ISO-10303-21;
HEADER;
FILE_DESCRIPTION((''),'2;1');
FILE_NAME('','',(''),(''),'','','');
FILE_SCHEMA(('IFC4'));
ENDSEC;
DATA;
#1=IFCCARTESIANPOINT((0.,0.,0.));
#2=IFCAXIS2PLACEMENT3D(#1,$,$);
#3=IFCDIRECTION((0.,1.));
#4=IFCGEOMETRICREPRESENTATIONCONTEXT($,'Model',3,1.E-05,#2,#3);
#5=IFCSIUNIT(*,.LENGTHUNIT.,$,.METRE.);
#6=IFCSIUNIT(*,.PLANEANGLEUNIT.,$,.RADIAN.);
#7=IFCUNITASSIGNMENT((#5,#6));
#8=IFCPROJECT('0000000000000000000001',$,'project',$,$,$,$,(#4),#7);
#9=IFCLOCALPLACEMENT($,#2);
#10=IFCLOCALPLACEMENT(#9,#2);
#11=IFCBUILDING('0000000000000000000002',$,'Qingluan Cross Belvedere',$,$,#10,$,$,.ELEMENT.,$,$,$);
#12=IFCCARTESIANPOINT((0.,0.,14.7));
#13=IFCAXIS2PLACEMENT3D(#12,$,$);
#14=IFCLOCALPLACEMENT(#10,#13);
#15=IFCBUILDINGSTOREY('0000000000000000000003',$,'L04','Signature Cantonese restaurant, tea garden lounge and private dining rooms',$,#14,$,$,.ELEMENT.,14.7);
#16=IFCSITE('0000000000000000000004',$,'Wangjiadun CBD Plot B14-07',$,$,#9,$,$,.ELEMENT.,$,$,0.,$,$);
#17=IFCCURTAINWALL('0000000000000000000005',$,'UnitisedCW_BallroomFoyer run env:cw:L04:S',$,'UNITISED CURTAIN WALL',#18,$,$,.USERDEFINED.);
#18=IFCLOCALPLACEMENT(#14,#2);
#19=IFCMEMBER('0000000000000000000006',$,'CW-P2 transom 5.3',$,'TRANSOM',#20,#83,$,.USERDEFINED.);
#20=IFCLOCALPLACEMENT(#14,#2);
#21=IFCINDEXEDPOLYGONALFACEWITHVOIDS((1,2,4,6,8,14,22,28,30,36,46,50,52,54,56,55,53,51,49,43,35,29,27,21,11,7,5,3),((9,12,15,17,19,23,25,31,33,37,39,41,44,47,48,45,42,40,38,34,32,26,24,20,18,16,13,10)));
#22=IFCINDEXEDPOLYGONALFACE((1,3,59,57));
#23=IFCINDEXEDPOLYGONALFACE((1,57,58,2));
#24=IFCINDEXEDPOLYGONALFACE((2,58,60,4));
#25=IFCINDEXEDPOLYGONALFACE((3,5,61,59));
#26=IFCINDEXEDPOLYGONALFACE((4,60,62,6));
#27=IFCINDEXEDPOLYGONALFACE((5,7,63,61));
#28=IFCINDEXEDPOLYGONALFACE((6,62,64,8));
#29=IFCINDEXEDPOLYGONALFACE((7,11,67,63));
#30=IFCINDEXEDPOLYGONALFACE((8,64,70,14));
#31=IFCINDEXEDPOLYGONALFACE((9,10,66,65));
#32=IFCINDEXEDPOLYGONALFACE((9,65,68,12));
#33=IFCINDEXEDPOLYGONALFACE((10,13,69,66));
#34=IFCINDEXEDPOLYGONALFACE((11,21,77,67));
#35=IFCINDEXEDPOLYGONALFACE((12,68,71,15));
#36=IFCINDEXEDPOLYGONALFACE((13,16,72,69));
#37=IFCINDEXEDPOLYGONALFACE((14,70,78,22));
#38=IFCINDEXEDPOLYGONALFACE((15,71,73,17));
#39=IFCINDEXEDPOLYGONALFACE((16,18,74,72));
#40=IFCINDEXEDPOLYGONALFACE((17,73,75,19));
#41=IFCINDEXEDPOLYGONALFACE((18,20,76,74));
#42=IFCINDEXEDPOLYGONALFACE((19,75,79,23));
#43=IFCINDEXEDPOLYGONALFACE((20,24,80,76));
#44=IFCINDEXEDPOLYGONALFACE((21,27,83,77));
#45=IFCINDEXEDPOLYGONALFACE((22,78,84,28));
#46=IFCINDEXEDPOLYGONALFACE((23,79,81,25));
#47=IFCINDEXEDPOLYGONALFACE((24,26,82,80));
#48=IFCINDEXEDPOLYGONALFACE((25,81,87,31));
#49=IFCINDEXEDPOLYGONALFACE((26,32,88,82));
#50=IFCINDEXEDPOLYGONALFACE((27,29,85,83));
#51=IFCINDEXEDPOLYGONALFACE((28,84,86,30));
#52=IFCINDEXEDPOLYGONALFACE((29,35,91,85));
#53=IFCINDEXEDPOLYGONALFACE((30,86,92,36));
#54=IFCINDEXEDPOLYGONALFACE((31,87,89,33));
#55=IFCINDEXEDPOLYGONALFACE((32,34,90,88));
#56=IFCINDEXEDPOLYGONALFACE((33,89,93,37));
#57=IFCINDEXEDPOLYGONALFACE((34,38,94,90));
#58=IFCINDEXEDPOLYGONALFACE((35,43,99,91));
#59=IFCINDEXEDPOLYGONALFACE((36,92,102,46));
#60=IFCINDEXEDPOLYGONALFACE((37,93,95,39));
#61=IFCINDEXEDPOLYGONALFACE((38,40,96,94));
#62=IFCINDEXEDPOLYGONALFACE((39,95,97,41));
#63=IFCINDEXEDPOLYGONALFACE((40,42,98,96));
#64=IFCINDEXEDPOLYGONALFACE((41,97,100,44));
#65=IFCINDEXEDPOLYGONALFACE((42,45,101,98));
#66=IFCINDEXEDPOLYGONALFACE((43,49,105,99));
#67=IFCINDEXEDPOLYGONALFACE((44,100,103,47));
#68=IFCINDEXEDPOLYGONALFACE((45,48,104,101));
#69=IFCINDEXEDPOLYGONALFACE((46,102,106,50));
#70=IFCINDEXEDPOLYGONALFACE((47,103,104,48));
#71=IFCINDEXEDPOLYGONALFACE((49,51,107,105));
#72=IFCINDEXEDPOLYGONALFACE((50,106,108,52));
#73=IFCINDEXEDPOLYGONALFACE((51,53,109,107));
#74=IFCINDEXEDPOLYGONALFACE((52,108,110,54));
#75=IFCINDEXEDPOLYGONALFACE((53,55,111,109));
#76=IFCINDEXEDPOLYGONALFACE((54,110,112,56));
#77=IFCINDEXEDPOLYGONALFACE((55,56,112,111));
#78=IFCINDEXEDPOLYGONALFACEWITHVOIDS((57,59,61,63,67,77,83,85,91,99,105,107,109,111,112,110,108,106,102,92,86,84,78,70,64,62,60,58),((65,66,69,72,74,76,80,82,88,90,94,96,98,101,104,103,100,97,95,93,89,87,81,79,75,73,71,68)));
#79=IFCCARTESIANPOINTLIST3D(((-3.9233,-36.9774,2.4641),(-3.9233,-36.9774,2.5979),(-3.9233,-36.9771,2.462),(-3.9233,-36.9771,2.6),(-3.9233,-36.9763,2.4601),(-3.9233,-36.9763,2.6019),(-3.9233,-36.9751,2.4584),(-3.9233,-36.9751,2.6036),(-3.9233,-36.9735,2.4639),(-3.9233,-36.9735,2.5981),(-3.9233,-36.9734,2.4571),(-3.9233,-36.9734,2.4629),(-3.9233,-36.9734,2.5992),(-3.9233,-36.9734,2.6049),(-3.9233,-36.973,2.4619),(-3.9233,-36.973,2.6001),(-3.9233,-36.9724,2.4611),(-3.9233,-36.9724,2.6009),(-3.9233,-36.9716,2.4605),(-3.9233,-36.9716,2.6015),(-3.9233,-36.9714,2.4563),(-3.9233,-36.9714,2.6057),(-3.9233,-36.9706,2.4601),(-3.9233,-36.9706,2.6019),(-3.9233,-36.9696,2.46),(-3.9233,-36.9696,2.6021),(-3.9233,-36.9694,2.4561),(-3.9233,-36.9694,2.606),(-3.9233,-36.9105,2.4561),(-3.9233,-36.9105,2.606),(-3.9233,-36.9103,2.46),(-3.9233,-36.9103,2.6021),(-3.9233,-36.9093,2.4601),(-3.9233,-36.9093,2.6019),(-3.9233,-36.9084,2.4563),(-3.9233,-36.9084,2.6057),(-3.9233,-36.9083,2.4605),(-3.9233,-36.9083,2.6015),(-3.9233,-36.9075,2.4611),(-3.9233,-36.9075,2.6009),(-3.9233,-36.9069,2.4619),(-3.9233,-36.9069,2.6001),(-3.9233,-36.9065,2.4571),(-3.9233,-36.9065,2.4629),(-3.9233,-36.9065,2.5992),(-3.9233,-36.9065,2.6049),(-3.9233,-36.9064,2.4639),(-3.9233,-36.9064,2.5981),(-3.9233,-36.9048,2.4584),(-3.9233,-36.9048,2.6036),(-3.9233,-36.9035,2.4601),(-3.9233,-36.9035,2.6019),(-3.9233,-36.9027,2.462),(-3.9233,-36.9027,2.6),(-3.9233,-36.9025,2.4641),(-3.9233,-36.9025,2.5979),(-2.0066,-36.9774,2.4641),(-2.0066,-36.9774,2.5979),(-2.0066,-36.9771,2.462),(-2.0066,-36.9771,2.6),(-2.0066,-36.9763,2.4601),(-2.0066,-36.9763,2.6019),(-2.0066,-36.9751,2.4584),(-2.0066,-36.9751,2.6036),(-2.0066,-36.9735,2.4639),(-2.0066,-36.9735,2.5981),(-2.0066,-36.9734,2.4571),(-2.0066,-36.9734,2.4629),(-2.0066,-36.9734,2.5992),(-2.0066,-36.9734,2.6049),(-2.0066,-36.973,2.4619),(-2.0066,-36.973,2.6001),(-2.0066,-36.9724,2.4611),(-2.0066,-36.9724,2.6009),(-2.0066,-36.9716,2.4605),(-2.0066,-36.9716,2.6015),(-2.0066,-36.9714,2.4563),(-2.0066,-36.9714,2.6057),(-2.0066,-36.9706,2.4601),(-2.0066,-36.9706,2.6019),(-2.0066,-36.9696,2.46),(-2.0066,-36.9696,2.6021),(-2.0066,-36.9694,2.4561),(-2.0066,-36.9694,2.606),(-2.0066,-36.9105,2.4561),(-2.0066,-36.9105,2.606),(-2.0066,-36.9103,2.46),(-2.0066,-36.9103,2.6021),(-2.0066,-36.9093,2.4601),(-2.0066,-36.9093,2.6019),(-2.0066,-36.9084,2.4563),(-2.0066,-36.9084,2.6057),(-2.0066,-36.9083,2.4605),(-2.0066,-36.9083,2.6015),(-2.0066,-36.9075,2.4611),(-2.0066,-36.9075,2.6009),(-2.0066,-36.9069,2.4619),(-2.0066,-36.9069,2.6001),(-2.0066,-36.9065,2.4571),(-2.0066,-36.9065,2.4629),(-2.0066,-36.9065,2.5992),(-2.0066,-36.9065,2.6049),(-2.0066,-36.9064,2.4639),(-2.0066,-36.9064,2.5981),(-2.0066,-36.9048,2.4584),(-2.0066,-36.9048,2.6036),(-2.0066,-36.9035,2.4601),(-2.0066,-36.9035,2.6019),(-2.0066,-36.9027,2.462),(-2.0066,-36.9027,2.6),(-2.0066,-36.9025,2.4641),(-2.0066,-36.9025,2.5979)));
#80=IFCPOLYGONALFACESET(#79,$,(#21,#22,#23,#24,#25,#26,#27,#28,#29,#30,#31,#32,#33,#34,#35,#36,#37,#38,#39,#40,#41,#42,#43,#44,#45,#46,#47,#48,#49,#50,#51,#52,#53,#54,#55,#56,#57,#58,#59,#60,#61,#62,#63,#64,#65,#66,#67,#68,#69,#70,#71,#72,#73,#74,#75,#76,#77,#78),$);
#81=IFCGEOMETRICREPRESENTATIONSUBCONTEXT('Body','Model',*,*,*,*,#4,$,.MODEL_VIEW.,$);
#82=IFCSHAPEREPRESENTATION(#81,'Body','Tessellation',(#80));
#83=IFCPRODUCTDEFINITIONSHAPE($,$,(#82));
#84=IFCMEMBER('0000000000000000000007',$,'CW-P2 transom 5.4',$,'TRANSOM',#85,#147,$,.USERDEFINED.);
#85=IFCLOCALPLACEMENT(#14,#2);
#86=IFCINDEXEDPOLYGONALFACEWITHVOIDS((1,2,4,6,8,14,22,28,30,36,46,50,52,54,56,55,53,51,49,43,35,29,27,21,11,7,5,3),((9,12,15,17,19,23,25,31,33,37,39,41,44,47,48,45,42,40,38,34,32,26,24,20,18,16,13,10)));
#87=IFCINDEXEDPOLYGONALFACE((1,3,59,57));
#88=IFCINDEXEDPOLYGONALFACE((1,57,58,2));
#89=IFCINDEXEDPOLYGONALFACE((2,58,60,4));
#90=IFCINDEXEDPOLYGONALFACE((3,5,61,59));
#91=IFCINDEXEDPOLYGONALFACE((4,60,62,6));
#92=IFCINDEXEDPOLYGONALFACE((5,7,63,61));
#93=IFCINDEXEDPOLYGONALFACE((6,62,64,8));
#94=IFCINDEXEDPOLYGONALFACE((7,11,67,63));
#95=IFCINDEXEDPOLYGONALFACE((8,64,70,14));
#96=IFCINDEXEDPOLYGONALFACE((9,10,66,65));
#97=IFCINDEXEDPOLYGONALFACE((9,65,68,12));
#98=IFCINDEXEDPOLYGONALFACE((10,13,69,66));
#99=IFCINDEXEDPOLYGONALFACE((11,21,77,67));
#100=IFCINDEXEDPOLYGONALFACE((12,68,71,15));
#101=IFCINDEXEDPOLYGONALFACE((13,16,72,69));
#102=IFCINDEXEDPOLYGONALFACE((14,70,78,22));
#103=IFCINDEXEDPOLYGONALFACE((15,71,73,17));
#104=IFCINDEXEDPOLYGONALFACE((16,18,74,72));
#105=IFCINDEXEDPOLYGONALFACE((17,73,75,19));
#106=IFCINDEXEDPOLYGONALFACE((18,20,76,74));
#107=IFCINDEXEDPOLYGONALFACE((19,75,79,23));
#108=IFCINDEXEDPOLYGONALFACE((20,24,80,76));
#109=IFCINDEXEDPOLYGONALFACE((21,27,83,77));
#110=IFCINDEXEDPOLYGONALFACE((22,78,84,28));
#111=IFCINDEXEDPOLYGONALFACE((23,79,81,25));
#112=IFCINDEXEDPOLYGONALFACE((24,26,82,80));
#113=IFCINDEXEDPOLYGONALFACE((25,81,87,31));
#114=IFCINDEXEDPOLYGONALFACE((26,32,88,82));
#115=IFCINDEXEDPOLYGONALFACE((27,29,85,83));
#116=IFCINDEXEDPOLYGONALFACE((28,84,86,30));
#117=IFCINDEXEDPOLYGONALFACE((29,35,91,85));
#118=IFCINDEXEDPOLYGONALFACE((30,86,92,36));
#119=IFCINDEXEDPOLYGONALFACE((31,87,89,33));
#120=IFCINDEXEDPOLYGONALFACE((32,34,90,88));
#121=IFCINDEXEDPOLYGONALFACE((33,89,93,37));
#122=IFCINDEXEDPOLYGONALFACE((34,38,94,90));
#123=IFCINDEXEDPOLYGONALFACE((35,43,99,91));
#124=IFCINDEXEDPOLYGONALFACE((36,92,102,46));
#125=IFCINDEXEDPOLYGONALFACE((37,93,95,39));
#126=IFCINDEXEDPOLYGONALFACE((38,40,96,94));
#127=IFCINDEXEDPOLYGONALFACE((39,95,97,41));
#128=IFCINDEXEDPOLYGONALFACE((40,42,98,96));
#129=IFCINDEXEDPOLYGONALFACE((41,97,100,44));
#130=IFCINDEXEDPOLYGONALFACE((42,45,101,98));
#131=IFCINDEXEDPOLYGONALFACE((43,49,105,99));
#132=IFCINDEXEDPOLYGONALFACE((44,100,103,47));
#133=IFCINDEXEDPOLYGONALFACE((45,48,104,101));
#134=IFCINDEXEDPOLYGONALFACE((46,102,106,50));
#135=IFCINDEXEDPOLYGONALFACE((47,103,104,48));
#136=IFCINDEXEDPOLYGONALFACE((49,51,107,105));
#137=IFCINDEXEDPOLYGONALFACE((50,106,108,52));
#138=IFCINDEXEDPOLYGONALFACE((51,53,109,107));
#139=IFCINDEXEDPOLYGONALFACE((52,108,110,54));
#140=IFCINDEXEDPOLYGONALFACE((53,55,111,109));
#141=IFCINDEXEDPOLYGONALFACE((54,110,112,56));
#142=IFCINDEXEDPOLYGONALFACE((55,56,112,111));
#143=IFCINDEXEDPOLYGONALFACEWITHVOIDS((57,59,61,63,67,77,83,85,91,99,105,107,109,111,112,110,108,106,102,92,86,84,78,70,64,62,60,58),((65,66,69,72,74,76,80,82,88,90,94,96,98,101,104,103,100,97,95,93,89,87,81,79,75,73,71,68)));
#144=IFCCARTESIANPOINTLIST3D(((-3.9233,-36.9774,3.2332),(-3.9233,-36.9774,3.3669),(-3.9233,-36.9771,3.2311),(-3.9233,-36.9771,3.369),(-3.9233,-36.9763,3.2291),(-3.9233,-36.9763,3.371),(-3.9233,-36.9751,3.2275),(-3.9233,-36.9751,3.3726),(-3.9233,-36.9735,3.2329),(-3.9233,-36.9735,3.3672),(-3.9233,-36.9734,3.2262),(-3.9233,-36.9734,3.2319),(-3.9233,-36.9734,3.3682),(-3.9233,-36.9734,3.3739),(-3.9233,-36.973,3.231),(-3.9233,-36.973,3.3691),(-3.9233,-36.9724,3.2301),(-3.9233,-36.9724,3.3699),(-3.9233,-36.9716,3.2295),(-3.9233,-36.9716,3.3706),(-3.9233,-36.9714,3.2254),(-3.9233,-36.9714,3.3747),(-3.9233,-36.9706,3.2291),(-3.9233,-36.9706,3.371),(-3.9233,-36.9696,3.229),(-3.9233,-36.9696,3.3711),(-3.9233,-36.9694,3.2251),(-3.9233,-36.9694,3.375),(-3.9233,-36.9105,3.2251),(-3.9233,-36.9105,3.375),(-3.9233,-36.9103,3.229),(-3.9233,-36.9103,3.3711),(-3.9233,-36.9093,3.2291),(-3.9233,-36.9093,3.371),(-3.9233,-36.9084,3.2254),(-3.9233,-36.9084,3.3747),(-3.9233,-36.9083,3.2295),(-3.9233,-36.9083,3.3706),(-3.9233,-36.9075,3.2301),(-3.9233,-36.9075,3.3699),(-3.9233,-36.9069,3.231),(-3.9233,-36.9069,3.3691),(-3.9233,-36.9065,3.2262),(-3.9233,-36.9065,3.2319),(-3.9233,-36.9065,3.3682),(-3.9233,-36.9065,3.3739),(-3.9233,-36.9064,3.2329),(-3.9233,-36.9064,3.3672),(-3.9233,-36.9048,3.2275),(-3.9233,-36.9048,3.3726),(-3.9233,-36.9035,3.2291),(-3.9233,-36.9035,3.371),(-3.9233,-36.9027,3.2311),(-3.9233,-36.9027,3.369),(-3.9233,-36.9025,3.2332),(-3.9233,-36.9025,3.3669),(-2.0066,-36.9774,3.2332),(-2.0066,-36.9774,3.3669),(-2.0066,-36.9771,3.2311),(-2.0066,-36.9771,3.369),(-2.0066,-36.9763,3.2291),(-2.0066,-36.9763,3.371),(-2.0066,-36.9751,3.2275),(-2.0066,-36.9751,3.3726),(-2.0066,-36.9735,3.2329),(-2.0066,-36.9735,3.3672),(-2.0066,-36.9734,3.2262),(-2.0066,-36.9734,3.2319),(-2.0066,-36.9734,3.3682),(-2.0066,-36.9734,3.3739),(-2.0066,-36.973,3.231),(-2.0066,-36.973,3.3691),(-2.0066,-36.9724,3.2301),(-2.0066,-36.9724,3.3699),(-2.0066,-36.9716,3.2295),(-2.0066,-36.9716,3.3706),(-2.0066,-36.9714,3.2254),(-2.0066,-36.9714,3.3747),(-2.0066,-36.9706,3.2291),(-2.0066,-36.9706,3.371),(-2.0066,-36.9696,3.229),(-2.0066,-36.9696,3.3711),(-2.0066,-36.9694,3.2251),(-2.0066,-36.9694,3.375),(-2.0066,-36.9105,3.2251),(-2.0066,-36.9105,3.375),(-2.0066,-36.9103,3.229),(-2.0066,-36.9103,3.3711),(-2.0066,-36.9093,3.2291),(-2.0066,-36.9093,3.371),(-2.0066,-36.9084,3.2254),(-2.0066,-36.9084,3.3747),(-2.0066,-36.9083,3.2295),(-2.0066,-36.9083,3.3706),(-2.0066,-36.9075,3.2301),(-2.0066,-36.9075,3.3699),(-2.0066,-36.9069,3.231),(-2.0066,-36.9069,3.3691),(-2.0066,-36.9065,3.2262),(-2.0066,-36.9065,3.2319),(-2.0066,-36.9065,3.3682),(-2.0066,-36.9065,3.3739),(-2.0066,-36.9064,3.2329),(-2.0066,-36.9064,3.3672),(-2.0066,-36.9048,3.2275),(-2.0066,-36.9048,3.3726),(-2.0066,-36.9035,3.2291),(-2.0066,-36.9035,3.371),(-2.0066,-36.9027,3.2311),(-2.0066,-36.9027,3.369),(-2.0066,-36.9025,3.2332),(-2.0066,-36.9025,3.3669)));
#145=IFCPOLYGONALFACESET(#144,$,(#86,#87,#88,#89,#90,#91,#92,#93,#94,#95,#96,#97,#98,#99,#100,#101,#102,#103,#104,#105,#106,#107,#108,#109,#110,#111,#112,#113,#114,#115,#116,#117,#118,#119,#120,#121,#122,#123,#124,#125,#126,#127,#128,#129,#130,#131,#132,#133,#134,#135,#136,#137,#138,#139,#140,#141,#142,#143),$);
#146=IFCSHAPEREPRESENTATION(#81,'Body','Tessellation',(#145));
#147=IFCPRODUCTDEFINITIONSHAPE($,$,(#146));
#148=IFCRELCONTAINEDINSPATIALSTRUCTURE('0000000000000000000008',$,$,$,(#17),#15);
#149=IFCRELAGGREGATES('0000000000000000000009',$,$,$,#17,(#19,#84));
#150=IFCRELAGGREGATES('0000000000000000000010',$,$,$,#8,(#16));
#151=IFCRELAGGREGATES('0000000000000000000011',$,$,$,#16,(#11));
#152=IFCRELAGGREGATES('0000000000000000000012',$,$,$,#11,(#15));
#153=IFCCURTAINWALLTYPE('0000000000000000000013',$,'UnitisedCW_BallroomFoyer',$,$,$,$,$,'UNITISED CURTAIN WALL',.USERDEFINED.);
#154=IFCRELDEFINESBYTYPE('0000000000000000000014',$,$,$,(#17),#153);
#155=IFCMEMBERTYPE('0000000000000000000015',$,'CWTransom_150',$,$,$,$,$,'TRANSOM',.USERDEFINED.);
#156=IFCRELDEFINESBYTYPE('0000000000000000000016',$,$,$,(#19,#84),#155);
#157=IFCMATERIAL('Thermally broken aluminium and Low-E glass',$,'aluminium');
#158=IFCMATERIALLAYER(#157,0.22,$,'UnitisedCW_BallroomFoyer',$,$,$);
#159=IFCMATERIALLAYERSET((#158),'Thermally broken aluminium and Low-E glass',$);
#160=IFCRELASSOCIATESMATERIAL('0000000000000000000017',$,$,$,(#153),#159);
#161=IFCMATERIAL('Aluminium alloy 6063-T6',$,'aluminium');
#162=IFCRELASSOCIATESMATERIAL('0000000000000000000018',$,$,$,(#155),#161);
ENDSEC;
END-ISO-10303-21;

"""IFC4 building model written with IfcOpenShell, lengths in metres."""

from ifc_helpers import new_model, si_unit, direction, frame, origin, origin_2d, place, context, subcontext, project, spatial, hollow_rectangle, extrude, material, layer, layer_set, material_profile, profile_set, type_object, element, aggregate, save


model = new_model("IFC4")

# Units and contexts
model_context = context("Model", 3, precision=1e-05, world=origin(), true_north=direction((0.0, 1.0)))
body_context = subcontext(model_context, "Body", "Model", "MODEL_VIEW")
ifc_project = project(units=[si_unit("LENGTHUNIT", "METRE"), si_unit("PLANEANGLEUNIT", "RADIAN")], contexts=[model_context])

# Site, building, storey
site_placement = place(None, origin())
site = spatial("IfcSite", under=ifc_project, at=site_placement, Name="Wangjiadun CBD Plot B14-07", CompositionType="ELEMENT", RefElevation=0.0)
building_placement = place(site_placement, origin())
building = spatial("IfcBuilding", under=site, at=building_placement, Name="Qingluan Cross Belvedere", CompositionType="ELEMENT")
storey_placement = place(building_placement, frame((0.0, 0.0, 14.7)))
storey = spatial("IfcBuildingStorey", under=building, at=storey_placement, Name="L04", Description="Signature Cantonese restaurant, tea garden lounge and private dining rooms", CompositionType="ELEMENT", Elevation=14.7)

# Curtain wall, members
ifc_material_1 = material(Name="Thermally broken aluminium and Low-E glass", Category="aluminium")
ifc_layer_1 = layer(ifc_material_1, 0.22, Name="UnitisedCW_BallroomFoyer")
ifc_layer_set_1 = layer_set([ifc_layer_1], Name="Thermally broken aluminium and Low-E glass")
curtain_wall_type = type_object("IfcCurtainWallType", Name="UnitisedCW_BallroomFoyer", ElementType="UNITISED CURTAIN WALL", PredefinedType="USERDEFINED", material=ifc_layer_set_1)
curtain_wall_placement = place(storey_placement, origin())
curtain_wall = element("IfcCurtainWall", 1, at=curtain_wall_placement, inside=storey, type_object=curtain_wall_type, Name="UnitisedCW_BallroomFoyer run env:cw:L04:S", ObjectType="UNITISED CURTAIN WALL", PredefinedType="USERDEFINED")
ifc_material_2 = material(Name="Aluminium alloy 6063-T6", Category="aluminium")
ifc_material_profile_1 = material_profile(ifc_material_2, hollow_rectangle(XDim=0.075, YDim=0.1499, WallThickness=0.0039, InnerFilletRadius=0.0039, OuterFilletRadius=0.0081, at=origin_2d()), Name="CWT150x75x4")
ifc_profile_set_1 = profile_set([ifc_material_profile_1], Name="Aluminium alloy 6063-T6")
member_type_1 = type_object("IfcMemberType", Name="CWTransom_150", ElementType="TRANSOM", PredefinedType="USERDEFINED", material=ifc_profile_set_1)
member_1_placement = place(storey_placement, frame((-2.0066, -36.9399, 2.531), z_axis=(-1.0, 0.0, 0.0), x_axis=(0.0, -1.0, 0.0)))
member_1 = element("IfcMember", 2, at=member_1_placement, type_object=member_type_1, Name="CW-P2 transom 5.3", ObjectType="TRANSOM", PredefinedType="USERDEFINED", context=body_context, shape_type="SweptSolid", body=[
    extrude(hollow_rectangle(XDim=0.075, YDim=0.1499, WallThickness=0.0039, InnerFilletRadius=0.0039, OuterFilletRadius=0.0081, at=origin_2d()), origin(), (0.0, 0.0, 1.0), 1.9167),
])
member_2_placement = place(storey_placement, frame((-2.0066, -36.9399, 3.3), z_axis=(-1.0, 0.0, 0.0), x_axis=(0.0, -1.0, 0.0)))
member_2 = element("IfcMember", 3, at=member_2_placement, type_object=member_type_1, Name="CW-P2 transom 5.4", ObjectType="TRANSOM", PredefinedType="USERDEFINED", context=body_context, shape_type="SweptSolid", body=[
    extrude(hollow_rectangle(XDim=0.075, YDim=0.1499, WallThickness=0.0039, InnerFilletRadius=0.0039, OuterFilletRadius=0.0081, at=origin_2d()), origin(), (0.0, 0.0, 1.0), 1.9167),
])

aggregate(curtain_wall, [member_1, member_2])

save(model, "model.ifc")
